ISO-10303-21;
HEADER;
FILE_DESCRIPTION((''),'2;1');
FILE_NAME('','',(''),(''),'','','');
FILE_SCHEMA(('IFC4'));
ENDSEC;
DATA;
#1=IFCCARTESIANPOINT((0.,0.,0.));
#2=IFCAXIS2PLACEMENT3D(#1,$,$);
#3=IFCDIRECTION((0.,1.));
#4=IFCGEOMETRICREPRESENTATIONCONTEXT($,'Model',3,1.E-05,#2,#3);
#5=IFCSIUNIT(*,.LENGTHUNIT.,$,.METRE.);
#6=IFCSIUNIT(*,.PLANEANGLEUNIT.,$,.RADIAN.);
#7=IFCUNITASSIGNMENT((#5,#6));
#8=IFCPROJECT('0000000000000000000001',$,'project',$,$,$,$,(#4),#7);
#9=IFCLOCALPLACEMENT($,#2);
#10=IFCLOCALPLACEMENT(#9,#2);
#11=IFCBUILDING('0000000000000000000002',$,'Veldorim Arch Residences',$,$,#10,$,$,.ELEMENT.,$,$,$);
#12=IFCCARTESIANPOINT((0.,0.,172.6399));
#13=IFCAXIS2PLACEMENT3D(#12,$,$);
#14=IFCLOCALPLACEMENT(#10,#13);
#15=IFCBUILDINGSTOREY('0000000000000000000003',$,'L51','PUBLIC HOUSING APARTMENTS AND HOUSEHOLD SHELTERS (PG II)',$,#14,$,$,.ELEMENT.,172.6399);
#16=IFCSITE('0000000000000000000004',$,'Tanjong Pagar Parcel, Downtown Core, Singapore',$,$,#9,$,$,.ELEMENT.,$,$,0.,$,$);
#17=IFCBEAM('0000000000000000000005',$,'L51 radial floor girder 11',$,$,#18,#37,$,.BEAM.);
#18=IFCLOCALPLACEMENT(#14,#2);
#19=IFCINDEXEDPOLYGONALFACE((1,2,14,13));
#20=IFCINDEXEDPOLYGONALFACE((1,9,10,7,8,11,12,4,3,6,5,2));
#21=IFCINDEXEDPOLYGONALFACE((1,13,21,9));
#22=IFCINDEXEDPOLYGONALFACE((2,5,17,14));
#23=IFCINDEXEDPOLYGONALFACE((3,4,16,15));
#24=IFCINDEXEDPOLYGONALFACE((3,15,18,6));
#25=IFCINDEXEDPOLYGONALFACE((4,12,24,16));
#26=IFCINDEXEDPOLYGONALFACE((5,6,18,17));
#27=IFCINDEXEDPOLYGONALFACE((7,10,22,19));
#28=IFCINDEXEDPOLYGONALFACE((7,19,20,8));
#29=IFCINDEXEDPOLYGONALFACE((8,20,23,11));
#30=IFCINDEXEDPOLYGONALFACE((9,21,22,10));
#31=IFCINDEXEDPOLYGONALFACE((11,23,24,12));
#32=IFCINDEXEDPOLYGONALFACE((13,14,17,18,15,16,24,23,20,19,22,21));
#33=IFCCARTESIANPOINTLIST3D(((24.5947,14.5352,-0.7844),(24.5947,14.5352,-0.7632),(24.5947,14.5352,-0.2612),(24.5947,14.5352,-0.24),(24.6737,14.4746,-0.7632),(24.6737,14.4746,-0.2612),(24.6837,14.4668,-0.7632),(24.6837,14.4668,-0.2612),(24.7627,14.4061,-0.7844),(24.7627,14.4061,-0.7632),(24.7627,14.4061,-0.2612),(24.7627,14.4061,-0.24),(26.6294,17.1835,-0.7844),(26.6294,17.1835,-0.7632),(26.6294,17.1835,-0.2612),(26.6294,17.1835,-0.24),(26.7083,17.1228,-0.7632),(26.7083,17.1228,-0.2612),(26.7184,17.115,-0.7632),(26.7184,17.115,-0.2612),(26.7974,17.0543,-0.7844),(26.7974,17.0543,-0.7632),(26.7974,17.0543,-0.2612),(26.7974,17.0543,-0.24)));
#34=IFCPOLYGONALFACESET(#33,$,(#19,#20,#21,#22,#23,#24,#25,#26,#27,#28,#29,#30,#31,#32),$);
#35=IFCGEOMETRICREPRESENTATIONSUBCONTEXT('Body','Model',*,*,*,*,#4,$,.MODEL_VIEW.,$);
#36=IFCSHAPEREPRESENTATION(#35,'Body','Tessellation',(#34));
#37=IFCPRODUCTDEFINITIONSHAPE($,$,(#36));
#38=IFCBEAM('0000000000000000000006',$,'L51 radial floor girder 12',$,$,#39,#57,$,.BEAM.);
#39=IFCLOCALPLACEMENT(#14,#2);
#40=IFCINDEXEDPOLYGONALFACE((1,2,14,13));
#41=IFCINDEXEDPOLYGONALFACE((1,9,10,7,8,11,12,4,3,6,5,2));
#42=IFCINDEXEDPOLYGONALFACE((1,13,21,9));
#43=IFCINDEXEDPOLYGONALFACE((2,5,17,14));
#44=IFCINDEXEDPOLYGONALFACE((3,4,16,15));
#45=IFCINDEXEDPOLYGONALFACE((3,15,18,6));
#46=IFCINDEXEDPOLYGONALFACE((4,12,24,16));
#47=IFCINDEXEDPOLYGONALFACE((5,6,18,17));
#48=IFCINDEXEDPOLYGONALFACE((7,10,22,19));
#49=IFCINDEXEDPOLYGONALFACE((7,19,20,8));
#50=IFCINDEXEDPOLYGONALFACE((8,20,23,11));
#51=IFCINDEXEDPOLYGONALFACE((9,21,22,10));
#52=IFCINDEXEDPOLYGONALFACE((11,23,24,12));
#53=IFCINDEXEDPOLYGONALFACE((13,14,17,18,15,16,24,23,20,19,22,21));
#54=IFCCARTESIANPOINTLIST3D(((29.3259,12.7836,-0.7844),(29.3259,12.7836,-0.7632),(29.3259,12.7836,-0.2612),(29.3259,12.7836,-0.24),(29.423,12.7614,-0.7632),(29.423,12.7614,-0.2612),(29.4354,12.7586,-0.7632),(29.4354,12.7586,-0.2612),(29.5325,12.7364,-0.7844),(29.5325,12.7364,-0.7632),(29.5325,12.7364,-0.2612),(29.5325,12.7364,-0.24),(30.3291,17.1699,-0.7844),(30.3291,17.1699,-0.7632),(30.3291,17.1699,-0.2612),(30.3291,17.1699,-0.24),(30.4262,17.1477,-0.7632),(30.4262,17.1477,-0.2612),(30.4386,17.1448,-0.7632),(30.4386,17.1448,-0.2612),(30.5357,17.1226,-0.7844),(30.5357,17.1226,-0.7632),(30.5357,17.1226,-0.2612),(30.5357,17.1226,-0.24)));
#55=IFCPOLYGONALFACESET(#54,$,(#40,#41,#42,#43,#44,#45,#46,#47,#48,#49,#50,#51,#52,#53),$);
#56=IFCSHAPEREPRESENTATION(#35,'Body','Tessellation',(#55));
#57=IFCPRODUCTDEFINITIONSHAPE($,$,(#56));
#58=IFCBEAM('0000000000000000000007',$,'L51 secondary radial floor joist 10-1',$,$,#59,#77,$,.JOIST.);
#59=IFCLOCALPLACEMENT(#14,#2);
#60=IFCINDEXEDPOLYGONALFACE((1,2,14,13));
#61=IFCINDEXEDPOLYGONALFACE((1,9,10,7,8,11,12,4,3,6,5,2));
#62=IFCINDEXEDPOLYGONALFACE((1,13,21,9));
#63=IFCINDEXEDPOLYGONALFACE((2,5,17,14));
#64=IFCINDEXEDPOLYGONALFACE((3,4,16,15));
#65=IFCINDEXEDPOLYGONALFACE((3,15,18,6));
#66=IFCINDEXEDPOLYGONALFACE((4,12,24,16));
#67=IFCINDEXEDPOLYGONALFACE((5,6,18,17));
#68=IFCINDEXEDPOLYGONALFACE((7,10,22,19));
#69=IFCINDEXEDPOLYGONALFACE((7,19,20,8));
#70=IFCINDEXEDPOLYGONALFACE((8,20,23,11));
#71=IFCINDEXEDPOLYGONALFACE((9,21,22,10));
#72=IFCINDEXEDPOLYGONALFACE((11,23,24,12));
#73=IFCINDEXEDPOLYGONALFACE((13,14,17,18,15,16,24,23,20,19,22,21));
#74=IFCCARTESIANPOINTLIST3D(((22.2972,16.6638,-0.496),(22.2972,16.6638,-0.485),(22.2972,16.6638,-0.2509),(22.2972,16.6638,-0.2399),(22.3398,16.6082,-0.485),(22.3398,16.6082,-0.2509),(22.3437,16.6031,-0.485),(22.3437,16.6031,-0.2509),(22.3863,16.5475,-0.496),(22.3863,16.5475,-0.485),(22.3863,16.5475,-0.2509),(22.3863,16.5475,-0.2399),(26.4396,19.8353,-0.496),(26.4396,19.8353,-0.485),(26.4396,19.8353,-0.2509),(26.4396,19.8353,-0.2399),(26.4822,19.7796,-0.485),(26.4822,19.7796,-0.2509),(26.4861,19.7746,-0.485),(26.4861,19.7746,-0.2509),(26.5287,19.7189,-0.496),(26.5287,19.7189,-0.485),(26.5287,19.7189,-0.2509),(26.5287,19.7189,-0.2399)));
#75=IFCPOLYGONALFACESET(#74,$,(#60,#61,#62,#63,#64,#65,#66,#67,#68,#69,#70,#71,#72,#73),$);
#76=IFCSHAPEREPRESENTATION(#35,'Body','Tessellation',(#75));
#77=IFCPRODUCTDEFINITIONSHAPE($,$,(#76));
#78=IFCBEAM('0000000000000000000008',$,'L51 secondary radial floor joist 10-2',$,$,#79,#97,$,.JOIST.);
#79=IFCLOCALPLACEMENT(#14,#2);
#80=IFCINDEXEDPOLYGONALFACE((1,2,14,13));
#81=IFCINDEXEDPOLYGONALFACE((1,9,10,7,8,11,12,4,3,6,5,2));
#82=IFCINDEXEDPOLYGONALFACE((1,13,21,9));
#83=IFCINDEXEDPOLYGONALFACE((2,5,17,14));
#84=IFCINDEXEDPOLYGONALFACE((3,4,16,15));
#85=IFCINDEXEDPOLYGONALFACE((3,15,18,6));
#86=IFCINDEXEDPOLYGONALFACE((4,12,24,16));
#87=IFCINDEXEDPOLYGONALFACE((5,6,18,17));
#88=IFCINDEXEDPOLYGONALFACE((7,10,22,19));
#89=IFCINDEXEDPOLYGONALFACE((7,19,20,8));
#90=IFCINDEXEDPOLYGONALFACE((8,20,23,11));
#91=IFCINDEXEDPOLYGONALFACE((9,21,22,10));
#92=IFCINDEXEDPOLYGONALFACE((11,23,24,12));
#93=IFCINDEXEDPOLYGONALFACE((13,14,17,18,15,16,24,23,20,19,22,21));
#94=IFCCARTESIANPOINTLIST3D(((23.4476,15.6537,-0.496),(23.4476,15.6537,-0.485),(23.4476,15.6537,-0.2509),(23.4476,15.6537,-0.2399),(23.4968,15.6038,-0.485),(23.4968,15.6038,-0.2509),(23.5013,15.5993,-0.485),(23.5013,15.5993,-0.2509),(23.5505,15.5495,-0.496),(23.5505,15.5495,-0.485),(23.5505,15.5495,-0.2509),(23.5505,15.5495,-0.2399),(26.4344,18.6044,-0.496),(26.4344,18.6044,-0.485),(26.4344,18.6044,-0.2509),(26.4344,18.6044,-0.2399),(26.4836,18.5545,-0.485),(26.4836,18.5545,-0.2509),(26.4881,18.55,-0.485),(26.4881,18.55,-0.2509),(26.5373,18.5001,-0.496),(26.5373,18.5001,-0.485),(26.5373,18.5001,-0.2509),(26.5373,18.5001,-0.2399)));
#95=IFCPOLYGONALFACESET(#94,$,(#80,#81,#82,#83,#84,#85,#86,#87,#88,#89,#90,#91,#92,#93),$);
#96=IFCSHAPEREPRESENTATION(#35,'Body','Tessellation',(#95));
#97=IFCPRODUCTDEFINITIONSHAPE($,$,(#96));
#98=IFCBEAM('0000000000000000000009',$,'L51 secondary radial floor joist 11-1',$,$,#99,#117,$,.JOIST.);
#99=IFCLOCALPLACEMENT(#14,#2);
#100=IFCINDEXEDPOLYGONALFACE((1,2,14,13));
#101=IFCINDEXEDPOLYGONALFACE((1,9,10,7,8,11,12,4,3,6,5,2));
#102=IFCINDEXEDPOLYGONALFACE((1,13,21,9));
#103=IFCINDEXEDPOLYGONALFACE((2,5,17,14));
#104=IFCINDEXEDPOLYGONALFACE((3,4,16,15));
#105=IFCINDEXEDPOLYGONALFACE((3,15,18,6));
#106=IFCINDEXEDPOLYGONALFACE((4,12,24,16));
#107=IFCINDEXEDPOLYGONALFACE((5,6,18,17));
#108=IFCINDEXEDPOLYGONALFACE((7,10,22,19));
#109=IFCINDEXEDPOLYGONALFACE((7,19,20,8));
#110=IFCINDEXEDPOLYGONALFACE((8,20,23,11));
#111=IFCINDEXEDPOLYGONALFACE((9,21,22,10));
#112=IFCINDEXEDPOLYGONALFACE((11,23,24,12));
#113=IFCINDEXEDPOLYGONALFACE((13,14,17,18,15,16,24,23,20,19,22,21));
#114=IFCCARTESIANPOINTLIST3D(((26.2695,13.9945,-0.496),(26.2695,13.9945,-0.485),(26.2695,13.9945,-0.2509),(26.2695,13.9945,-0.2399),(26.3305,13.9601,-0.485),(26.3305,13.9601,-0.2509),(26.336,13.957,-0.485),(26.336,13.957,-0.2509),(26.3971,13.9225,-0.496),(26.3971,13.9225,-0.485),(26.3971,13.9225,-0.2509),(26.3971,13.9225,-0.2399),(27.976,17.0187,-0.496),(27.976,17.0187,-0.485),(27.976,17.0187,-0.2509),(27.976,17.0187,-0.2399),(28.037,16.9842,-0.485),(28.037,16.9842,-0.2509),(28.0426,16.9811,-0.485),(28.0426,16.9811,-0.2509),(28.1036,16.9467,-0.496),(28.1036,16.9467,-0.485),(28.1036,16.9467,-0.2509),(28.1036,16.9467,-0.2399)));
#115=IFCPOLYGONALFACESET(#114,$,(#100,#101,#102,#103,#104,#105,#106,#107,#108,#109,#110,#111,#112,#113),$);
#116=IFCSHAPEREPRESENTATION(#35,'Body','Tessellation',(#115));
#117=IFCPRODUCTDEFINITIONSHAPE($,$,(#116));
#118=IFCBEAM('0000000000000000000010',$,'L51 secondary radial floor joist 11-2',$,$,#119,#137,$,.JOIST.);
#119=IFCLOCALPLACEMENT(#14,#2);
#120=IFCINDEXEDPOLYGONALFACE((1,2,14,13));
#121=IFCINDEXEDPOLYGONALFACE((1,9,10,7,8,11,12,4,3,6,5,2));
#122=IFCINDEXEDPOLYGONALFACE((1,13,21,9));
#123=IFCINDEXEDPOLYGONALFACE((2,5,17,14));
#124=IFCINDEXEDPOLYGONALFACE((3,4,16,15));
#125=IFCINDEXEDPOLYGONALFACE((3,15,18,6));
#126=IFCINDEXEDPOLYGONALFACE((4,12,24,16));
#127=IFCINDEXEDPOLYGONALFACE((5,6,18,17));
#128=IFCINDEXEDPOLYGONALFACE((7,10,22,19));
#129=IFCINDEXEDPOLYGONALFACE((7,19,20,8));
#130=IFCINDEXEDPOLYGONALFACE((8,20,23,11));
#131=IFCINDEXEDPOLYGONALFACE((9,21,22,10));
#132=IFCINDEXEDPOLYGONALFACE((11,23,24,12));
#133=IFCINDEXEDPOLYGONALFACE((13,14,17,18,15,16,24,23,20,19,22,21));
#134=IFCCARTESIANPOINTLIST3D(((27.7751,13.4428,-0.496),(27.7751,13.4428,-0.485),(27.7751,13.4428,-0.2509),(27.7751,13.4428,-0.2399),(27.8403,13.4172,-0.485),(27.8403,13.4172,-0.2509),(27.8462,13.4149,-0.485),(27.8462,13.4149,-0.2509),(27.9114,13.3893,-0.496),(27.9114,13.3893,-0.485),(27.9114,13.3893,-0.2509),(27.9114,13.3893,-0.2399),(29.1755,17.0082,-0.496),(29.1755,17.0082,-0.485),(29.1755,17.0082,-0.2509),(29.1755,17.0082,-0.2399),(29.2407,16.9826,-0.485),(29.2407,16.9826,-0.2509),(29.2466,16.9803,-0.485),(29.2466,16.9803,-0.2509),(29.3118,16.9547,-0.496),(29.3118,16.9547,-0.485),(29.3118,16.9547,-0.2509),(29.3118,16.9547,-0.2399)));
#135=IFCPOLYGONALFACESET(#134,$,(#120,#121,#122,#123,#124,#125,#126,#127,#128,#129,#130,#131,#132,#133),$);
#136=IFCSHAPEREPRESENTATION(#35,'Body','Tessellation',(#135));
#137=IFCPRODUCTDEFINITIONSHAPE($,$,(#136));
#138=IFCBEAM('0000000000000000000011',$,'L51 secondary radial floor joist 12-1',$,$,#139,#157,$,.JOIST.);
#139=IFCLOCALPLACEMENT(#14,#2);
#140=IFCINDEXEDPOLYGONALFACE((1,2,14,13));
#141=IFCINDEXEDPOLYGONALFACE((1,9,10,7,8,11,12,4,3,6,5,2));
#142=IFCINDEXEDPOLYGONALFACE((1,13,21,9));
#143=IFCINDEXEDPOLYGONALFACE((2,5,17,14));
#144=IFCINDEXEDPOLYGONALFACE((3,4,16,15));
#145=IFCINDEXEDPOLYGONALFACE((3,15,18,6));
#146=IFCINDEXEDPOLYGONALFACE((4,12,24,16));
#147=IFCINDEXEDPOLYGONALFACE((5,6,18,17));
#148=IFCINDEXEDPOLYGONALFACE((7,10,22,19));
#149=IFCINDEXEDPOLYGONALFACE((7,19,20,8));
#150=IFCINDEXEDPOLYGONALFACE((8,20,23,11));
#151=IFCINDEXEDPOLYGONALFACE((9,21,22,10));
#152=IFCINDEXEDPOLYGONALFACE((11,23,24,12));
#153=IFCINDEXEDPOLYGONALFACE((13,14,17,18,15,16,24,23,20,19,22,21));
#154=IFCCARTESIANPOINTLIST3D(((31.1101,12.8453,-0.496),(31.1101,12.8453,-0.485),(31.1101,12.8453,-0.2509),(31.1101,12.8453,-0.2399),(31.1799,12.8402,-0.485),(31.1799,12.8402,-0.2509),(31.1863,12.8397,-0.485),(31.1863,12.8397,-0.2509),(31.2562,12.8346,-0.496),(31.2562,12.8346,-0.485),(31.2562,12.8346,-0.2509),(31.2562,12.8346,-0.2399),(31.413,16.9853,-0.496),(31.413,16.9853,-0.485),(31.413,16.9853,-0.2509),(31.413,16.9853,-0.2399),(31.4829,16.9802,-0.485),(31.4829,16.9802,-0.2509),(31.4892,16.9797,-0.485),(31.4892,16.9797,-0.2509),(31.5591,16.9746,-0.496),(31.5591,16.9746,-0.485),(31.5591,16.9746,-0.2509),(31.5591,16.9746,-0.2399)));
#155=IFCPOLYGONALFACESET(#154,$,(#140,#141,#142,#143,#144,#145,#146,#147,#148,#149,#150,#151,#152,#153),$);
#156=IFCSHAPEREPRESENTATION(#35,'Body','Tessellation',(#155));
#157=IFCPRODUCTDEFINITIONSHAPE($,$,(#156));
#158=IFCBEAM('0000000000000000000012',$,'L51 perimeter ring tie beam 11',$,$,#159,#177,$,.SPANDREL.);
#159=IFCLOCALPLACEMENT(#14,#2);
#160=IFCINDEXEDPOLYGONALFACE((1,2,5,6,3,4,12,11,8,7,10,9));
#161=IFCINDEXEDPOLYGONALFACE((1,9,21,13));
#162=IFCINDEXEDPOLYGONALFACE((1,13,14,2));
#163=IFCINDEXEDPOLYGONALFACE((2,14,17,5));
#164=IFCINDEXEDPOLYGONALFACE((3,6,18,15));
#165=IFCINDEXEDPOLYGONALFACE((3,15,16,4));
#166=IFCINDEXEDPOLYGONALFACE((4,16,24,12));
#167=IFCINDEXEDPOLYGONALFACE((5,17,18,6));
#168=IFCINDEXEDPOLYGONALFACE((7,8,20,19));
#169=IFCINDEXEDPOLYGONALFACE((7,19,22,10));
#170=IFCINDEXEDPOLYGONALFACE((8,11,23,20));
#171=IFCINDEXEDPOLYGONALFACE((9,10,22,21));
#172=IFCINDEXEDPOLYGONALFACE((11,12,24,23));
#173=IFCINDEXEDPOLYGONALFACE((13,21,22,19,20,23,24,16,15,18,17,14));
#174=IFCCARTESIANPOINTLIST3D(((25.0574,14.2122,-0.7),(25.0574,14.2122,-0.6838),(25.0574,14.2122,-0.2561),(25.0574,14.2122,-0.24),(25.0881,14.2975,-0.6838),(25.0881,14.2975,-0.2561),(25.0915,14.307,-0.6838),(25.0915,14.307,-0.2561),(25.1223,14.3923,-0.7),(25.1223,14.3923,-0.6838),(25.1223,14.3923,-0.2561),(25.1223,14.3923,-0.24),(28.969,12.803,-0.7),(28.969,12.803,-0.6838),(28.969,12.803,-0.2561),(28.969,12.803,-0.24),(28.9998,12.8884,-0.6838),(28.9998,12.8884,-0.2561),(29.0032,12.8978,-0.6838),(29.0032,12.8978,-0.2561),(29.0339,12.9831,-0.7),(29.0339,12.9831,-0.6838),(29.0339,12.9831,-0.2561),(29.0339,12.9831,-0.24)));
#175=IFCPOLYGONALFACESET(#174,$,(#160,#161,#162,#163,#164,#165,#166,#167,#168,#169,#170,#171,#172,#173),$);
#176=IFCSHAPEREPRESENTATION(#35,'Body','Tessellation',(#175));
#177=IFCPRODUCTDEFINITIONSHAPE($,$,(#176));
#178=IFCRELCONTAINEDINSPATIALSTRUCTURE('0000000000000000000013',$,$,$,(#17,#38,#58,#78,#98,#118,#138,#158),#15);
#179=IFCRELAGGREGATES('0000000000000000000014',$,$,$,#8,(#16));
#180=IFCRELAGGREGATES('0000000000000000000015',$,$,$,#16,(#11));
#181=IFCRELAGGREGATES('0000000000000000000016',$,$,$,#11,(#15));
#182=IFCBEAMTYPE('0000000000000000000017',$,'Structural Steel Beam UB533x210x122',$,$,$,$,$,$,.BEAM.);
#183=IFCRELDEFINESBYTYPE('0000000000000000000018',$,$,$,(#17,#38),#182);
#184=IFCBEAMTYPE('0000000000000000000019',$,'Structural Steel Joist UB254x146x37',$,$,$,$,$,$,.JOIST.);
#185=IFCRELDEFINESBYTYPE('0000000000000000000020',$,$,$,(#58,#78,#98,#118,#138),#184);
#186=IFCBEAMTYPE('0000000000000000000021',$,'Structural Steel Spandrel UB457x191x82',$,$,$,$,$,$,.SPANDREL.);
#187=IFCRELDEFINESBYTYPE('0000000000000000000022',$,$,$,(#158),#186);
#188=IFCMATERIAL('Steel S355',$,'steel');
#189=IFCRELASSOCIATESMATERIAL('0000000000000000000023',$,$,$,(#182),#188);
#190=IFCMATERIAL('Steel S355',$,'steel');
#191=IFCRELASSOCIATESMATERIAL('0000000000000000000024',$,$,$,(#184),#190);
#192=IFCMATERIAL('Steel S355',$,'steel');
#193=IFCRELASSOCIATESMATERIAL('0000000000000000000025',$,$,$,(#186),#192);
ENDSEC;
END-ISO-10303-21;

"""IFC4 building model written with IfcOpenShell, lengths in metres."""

from ifc_helpers import new_model, si_unit, direction, frame, origin, origin_2d, place, context, subcontext, project, spatial, i_section, extrude, material, material_profile, profile_set, type_object, element, save


model = new_model("IFC4")

# Units and contexts
model_context = context("Model", 3, precision=1e-05, world=origin(), true_north=direction((0.0, 1.0)))
body_context = subcontext(model_context, "Body", "Model", "MODEL_VIEW")
ifc_project = project(units=[si_unit("LENGTHUNIT", "METRE"), si_unit("PLANEANGLEUNIT", "RADIAN")], contexts=[model_context])

# Site, building, storey
site_placement = place(None, origin())
site = spatial("IfcSite", under=ifc_project, at=site_placement, Name="Tanjong Pagar Parcel, Downtown Core, Singapore", CompositionType="ELEMENT", RefElevation=0.0)
building_placement = place(site_placement, origin())
building = spatial("IfcBuilding", under=site, at=building_placement, Name="Veldorim Arch Residences", CompositionType="ELEMENT")
storey_placement = place(building_placement, frame((0.0, 0.0, 172.6399)))
storey = spatial("IfcBuildingStorey", under=building, at=storey_placement, Name="L51", Description="PUBLIC HOUSING APARTMENTS AND HOUSEHOLD SHELTERS (PG II)", CompositionType="ELEMENT", Elevation=172.6399)

# Beams
ifc_material_1 = material(Name="Steel S355", Category="steel")
ifc_material_profile_1 = material_profile(ifc_material_1, i_section(OverallWidth=0.2119, OverallDepth=0.5444, WebThickness=0.0127, FlangeThickness=0.0212, at=origin_2d()), Name="UB533x210x122")
ifc_profile_set_1 = profile_set([ifc_material_profile_1], Name="Steel S355")
beam_type_1 = type_object("IfcBeamType", Name="Structural Steel Beam UB533x210x122", PredefinedType="BEAM", material=ifc_profile_set_1)
beam_1_placement = place(storey_placement, frame((26.7134, 17.1189, -0.5122), z_axis=(-0.609258, -0.792972, 0.0), x_axis=(0.792972, -0.609258, 0.0)))
element("IfcBeam", 1, at=beam_1_placement, inside=storey, type_object=beam_type_1, Name="L51 radial floor girder 11", PredefinedType="BEAM", context=body_context, shape_type="SweptSolid", body=[
    extrude(i_section(OverallWidth=0.2119, OverallDepth=0.5444, WebThickness=0.0127, FlangeThickness=0.0212, at=origin_2d()), origin(), (0.0, 0.0, 1.0), 3.3396),
])
beam_2_placement = place(storey_placement, frame((30.4324, 17.1462, -0.5122), z_axis=(-0.222953, -0.974829, 0.0), x_axis=(0.974829, -0.222953, 0.0)))
element("IfcBeam", 2, at=beam_2_placement, inside=storey, type_object=beam_type_1, Name="L51 radial floor girder 12", PredefinedType="BEAM", context=body_context, shape_type="SweptSolid", body=[
    extrude(i_section(OverallWidth=0.2119, OverallDepth=0.5444, WebThickness=0.0127, FlangeThickness=0.0212, at=origin_2d()), origin(), (0.0, 0.0, 1.0), 4.4995),
])
ifc_material_2 = material(Name="Steel S355", Category="steel")
ifc_material_profile_2 = material_profile(ifc_material_2, i_section(OverallWidth=0.1465, OverallDepth=0.2561, WebThickness=0.0063, FlangeThickness=0.011, at=origin_2d()), Name="UB254x146x37")
ifc_profile_set_2 = profile_set([ifc_material_profile_2], Name="Steel S355")
beam_type_2 = type_object("IfcBeamType", Name="Structural Steel Joist UB254x146x37", PredefinedType="JOIST", material=ifc_profile_set_2)
beam_3_placement = place(storey_placement, frame((26.4841, 19.7771, -0.3679), z_axis=(-0.794014, -0.6079, 0.0), x_axis=(0.6079, -0.794014, 0.0)))
element("IfcBeam", 3, at=beam_3_placement, inside=storey, type_object=beam_type_2, Name="L51 secondary radial floor joist 10-1", PredefinedType="JOIST", context=body_context, shape_type="SweptSolid", body=[
    extrude(i_section(OverallWidth=0.1465, OverallDepth=0.2561, WebThickness=0.0063, FlangeThickness=0.011, at=origin_2d()), origin(), (0.0, 0.0, 1.0), 5.217),
])
beam_4_placement = place(storey_placement, frame((26.4858, 18.5522, -0.3679), z_axis=(-0.711397, -0.702791, 0.0), x_axis=(0.702791, -0.711397, 0.0)))
element("IfcBeam", 4, at=beam_4_placement, inside=storey, type_object=beam_type_2, Name="L51 secondary radial floor joist 10-2", PredefinedType="JOIST", context=body_context, shape_type="SweptSolid", body=[
    extrude(i_section(OverallWidth=0.1465, OverallDepth=0.2561, WebThickness=0.0063, FlangeThickness=0.011, at=origin_2d()), origin(), (0.0, 0.0, 1.0), 4.1985),
])
beam_5_placement = place(storey_placement, frame((28.0398, 16.9827, -0.3679), z_axis=(-0.491452, -0.870904, 0.0), x_axis=(0.870904, -0.491452, 0.0)))
element("IfcBeam", 5, at=beam_5_placement, inside=storey, type_object=beam_type_2, Name="L51 secondary radial floor joist 11-1", PredefinedType="JOIST", context=body_context, shape_type="SweptSolid", body=[
    extrude(i_section(OverallWidth=0.1465, OverallDepth=0.2561, WebThickness=0.0063, FlangeThickness=0.011, at=origin_2d()), origin(), (0.0, 0.0, 1.0), 3.4724),
])
beam_6_placement = place(storey_placement, frame((29.2437, 16.9814, -0.3679), z_axis=(-0.365581, -0.930779, 0.0), x_axis=(0.930779, -0.365581, 0.0)))
element("IfcBeam", 6, at=beam_6_placement, inside=storey, type_object=beam_type_2, Name="L51 secondary radial floor joist 11-2", PredefinedType="JOIST", context=body_context, shape_type="SweptSolid", body=[
    extrude(i_section(OverallWidth=0.1465, OverallDepth=0.2561, WebThickness=0.0063, FlangeThickness=0.011, at=origin_2d()), origin(), (0.0, 0.0, 1.0), 3.8306),
])
beam_7_placement = place(storey_placement, frame((31.4861, 16.98, -0.3679), z_axis=(-0.072986, -0.997333, 0.0), x_axis=(0.997333, -0.072986, 0.0)))
element("IfcBeam", 7, at=beam_7_placement, inside=storey, type_object=beam_type_2, Name="L51 secondary radial floor joist 12-1", PredefinedType="JOIST", context=body_context, shape_type="SweptSolid", body=[
    extrude(i_section(OverallWidth=0.1465, OverallDepth=0.2561, WebThickness=0.0063, FlangeThickness=0.011, at=origin_2d()), origin(), (0.0, 0.0, 1.0), 4.1511),
])
ifc_material_3 = material(Name="Steel S355", Category="steel")
ifc_material_profile_3 = material_profile(ifc_material_3, i_section(OverallWidth=0.1914, OverallDepth=0.46, WebThickness=0.01, FlangeThickness=0.0161, at=origin_2d()), Name="UB457x191x82")
ifc_profile_set_3 = profile_set([ifc_material_profile_3], Name="Steel S355")
beam_type_3 = type_object("IfcBeamType", Name="Structural Steel Spandrel UB457x191x82", PredefinedType="SPANDREL", material=ifc_profile_set_3)
beam_8_placement = place(storey_placement, frame((25.0898, 14.3022, -0.47), z_axis=(0.940811, -0.338932, 0.0), x_axis=(0.338932, 0.940811, 0.0)))
element("IfcBeam", 8, at=beam_8_placement, inside=storey, type_object=beam_type_3, Name="L51 perimeter ring tie beam 11", PredefinedType="SPANDREL", context=body_context, shape_type="SweptSolid", body=[
    extrude(i_section(OverallWidth=0.1914, OverallDepth=0.46, WebThickness=0.01, FlangeThickness=0.0161, at=origin_2d()), origin(), (0.0, 0.0, 1.0), 4.1577),
])

save(model, "model.ifc")
